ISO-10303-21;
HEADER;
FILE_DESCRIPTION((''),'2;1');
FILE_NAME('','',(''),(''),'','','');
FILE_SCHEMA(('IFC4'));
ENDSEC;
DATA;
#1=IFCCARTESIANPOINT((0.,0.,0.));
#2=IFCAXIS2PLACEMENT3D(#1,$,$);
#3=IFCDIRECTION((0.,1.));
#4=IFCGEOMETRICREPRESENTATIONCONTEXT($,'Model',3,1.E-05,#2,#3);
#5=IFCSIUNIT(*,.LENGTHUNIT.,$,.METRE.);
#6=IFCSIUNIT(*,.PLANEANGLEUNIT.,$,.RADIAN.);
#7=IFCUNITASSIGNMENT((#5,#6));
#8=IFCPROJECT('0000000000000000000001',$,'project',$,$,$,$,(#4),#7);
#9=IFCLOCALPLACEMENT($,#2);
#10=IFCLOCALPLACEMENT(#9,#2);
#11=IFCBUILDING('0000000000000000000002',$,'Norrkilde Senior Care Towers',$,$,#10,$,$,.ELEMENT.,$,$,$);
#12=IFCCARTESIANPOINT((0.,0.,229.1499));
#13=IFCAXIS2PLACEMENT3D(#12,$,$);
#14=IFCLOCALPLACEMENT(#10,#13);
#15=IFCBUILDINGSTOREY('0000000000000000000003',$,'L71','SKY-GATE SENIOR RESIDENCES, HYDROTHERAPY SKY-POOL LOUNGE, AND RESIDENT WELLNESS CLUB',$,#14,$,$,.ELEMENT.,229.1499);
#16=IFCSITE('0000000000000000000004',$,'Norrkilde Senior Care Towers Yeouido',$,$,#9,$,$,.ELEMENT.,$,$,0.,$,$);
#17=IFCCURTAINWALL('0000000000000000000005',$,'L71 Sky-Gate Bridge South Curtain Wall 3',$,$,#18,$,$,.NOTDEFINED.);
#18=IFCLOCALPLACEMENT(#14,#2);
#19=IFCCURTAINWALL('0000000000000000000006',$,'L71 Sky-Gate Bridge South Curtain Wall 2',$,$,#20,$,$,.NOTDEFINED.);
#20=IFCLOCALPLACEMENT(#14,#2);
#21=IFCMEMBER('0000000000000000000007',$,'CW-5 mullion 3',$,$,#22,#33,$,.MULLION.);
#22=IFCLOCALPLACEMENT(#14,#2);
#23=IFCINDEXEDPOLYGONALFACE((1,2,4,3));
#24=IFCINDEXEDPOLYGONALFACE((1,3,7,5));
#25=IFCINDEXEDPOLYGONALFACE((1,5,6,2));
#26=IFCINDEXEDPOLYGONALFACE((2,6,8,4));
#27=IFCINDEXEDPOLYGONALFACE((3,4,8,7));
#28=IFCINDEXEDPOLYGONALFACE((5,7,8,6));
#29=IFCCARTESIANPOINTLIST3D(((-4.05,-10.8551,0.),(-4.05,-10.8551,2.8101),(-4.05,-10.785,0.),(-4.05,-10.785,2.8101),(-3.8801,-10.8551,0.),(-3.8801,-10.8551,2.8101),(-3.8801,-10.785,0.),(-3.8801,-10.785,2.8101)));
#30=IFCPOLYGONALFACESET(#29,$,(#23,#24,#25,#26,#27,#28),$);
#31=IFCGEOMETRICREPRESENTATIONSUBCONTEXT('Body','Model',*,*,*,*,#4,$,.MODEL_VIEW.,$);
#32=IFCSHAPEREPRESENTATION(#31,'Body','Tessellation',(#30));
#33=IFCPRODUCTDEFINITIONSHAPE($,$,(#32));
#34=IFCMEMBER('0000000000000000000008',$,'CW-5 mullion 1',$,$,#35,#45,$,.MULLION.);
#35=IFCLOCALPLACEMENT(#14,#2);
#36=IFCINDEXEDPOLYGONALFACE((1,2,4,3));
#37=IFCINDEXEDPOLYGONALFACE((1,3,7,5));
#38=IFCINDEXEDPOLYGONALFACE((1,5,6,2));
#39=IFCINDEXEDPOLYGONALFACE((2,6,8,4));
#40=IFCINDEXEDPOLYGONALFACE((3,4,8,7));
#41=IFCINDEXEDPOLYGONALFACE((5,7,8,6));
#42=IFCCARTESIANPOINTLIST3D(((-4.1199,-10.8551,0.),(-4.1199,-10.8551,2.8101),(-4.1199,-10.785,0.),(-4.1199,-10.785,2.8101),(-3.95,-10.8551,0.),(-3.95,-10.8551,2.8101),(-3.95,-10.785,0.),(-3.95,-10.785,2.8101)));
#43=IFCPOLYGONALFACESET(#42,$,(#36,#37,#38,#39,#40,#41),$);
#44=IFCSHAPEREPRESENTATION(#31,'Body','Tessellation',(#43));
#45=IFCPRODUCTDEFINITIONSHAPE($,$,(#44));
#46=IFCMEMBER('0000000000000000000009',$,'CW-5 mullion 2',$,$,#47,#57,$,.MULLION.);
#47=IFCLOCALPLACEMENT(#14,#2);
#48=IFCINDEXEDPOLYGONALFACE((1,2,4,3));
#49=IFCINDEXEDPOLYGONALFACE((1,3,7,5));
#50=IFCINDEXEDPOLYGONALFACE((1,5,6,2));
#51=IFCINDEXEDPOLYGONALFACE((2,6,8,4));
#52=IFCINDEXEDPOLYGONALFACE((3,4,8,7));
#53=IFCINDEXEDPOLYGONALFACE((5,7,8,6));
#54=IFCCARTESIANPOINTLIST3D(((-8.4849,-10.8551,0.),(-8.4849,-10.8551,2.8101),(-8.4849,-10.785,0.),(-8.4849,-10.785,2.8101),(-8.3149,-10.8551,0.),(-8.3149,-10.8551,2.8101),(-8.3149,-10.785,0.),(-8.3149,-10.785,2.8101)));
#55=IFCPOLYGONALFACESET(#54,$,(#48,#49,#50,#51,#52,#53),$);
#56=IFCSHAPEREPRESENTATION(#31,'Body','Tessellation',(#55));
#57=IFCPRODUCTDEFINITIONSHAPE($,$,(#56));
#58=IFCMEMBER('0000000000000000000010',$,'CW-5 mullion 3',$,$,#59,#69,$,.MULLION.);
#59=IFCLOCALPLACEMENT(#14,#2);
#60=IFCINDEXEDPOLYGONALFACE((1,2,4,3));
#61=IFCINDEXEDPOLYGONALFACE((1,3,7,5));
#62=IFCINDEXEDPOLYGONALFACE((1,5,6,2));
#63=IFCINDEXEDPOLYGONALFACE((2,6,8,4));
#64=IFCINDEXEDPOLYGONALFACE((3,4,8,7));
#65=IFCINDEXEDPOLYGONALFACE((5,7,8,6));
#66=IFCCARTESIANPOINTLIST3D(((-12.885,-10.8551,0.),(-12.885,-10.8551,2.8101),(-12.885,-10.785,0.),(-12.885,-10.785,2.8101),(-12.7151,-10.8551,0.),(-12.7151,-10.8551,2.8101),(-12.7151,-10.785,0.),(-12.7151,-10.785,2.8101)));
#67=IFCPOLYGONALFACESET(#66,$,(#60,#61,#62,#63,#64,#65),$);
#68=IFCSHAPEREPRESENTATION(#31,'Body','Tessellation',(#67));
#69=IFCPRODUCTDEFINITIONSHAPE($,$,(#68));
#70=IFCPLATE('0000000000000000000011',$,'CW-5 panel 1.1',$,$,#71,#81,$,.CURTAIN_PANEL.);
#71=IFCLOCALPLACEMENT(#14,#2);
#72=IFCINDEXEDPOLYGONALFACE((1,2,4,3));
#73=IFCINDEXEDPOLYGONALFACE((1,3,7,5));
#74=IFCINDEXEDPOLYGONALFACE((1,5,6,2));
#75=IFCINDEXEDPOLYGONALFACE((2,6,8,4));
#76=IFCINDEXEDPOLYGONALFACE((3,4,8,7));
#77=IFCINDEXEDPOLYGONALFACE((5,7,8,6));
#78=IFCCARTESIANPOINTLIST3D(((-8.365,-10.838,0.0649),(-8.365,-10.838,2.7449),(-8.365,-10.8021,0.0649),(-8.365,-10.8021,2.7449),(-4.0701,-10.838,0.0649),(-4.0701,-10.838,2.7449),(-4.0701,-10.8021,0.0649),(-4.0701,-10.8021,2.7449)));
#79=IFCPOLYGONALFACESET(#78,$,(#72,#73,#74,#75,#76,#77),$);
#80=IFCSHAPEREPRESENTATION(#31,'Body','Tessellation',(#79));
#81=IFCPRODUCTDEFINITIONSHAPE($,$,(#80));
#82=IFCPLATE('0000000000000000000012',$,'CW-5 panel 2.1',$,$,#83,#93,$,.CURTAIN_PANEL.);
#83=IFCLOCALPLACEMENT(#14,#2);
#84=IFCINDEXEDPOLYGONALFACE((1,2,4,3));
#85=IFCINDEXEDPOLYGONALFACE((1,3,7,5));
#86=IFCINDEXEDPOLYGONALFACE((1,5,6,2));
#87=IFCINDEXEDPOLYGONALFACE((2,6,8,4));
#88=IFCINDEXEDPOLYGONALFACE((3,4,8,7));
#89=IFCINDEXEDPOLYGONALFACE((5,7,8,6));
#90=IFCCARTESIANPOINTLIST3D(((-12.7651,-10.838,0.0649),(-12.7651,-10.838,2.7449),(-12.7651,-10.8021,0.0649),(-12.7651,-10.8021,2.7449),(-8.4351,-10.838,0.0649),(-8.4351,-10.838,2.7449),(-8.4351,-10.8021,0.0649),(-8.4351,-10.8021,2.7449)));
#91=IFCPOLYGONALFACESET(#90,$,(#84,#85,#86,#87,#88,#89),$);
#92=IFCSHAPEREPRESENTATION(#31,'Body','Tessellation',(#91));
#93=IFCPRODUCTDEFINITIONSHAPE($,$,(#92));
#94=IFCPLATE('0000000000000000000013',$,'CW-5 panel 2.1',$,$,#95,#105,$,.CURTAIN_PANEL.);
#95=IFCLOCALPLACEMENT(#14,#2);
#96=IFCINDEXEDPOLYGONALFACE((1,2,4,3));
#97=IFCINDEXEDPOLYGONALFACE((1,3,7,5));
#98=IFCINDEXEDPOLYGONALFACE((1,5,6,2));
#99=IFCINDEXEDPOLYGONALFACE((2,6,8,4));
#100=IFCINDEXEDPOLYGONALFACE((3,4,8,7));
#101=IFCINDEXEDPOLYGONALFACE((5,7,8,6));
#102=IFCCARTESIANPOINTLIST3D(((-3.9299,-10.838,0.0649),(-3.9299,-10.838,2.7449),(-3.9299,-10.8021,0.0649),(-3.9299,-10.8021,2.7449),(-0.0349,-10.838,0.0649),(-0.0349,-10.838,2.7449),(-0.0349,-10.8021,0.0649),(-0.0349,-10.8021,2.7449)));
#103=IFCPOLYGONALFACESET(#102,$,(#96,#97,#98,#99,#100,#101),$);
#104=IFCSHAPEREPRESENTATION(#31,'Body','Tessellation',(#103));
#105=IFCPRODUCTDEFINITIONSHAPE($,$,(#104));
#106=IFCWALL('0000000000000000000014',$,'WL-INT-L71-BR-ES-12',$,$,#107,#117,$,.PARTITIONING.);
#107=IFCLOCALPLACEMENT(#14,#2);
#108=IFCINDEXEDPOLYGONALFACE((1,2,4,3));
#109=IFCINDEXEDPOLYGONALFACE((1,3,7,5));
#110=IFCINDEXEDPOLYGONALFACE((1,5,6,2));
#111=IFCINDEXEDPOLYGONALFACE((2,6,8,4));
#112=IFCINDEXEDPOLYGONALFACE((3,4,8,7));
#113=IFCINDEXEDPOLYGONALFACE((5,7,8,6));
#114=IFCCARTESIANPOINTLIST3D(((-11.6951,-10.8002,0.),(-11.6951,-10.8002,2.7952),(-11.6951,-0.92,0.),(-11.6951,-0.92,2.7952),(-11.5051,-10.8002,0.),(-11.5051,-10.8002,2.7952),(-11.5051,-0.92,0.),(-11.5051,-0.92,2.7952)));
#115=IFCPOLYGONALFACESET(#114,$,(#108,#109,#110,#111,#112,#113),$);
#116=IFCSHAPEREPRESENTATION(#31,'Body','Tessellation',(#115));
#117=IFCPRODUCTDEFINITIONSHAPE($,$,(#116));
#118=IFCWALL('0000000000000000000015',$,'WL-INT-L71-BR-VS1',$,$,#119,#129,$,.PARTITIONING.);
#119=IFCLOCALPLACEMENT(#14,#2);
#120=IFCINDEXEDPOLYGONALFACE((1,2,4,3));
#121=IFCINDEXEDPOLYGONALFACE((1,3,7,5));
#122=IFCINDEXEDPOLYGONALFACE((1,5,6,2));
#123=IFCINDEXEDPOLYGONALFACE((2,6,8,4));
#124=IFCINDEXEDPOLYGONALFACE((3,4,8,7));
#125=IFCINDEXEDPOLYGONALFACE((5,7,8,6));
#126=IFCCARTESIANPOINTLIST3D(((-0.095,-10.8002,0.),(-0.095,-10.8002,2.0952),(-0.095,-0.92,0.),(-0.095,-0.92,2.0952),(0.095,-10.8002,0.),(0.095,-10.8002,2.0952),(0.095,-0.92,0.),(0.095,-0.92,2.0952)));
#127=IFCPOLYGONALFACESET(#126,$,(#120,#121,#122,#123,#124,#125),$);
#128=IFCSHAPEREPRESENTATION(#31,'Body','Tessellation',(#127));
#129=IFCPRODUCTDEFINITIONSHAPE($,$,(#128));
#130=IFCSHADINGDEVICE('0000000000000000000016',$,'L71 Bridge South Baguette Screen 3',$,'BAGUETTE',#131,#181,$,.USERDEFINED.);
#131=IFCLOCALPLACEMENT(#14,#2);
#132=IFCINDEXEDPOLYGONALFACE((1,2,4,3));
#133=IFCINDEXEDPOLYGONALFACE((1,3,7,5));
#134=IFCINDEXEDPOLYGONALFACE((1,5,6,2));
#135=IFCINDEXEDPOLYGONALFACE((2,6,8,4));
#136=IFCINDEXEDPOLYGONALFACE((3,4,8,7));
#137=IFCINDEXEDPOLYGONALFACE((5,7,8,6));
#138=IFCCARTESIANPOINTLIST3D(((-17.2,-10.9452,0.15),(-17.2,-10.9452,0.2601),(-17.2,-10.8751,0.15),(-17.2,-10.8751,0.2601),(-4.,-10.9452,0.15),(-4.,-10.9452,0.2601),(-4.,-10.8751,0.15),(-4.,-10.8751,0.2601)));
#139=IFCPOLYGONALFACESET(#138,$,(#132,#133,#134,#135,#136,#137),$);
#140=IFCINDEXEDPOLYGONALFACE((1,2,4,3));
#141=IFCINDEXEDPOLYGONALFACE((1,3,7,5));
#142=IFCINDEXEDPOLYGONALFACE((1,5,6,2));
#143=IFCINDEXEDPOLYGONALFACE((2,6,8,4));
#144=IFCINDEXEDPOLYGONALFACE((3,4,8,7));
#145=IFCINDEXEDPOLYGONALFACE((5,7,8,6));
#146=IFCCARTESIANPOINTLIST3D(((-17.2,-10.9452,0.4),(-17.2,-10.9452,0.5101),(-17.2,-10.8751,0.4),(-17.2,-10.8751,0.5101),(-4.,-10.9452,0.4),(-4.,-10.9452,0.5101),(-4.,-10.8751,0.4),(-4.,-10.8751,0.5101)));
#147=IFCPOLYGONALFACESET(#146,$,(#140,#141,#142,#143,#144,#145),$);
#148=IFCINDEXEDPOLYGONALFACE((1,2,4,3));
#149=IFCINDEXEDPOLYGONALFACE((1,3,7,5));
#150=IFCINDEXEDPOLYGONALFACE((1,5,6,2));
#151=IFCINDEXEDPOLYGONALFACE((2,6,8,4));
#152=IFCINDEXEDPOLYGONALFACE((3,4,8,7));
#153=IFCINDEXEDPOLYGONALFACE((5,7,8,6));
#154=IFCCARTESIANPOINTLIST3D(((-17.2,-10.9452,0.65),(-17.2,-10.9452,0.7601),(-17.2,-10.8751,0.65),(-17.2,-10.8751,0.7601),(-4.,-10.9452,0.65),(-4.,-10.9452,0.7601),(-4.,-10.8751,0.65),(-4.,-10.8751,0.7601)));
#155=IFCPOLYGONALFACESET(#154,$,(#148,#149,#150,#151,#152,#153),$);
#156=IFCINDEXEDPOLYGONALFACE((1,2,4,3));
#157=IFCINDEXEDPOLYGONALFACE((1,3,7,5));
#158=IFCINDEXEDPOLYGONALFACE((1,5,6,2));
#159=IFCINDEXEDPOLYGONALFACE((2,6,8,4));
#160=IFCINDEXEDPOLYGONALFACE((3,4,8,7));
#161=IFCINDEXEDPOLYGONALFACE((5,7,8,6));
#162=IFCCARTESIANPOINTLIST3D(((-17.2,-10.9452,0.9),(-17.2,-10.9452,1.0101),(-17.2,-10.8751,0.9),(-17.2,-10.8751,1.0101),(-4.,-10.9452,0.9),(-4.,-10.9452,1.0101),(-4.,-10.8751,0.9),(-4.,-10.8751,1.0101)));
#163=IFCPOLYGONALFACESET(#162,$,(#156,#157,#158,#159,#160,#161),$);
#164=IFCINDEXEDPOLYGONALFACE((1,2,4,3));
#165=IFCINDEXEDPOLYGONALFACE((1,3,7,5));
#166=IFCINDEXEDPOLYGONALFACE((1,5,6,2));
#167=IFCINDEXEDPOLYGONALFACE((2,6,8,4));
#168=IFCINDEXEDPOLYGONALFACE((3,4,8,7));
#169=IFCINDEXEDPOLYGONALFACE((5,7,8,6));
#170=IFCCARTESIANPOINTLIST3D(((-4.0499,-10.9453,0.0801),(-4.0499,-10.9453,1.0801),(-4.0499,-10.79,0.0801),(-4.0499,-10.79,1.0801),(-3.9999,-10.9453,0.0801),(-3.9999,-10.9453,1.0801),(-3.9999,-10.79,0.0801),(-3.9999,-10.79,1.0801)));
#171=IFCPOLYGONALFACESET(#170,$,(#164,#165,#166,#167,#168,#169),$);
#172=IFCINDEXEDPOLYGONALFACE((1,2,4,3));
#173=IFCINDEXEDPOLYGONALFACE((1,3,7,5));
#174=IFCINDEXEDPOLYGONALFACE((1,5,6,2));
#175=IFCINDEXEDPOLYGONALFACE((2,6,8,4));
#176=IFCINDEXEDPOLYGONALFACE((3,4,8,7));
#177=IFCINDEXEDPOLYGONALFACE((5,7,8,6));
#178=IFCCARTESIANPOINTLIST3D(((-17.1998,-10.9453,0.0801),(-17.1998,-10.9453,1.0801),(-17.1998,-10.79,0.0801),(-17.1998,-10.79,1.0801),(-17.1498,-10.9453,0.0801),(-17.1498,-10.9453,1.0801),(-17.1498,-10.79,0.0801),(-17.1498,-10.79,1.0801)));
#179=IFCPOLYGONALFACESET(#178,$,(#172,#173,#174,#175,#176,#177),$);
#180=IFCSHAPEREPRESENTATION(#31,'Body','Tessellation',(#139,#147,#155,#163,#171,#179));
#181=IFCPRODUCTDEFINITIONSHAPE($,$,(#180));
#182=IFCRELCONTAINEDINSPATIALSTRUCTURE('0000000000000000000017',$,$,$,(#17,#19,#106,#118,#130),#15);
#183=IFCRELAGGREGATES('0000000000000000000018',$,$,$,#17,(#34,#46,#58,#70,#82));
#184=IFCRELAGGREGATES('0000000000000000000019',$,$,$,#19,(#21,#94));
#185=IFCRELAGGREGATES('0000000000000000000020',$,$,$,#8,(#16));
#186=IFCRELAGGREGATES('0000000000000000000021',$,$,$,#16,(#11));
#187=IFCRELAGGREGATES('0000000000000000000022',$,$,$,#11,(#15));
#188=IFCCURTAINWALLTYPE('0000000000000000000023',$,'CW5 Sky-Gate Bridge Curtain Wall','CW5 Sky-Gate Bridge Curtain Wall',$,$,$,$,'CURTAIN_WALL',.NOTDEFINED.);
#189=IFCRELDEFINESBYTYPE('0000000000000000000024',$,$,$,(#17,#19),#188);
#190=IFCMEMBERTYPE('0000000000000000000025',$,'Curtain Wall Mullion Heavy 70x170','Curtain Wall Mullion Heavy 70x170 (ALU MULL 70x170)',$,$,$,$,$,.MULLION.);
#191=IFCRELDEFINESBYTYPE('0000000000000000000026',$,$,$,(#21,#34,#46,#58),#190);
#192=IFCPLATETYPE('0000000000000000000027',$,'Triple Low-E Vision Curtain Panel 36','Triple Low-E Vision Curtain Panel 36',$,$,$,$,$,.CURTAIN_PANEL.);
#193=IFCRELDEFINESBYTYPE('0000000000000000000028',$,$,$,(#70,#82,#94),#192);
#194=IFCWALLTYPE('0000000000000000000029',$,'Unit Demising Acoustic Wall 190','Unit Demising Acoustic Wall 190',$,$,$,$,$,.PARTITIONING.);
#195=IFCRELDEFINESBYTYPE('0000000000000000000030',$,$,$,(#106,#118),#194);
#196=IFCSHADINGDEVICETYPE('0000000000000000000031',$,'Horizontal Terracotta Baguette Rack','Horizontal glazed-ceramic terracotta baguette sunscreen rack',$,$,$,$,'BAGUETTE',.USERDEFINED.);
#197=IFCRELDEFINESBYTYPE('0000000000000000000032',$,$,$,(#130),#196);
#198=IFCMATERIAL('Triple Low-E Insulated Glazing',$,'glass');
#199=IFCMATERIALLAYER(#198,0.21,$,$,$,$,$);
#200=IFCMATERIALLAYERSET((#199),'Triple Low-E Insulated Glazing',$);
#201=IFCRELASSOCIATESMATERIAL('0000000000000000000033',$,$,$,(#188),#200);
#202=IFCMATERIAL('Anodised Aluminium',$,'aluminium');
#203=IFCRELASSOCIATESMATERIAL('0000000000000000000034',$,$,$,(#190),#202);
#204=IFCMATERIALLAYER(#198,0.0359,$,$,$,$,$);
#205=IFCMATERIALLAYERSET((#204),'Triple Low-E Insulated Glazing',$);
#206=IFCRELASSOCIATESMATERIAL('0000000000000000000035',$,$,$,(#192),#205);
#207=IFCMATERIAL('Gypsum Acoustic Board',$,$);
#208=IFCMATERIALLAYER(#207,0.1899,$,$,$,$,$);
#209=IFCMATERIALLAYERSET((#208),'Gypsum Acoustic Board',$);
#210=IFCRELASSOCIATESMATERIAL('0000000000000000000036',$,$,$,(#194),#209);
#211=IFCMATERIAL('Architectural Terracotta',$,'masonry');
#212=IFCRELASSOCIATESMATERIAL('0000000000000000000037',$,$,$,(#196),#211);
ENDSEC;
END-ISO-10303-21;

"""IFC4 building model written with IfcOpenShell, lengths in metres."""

from ifc_helpers import new_model, si_unit, direction, frame, frame_2d, origin, origin_2d, place, context, subcontext, project, spatial, rectangle, extrude, source, transform, mapped, material, layer, layer_set, material_profile, profile_set, type_object, type_shapes, element, aggregate, save


model = new_model("IFC4")

# Units and contexts
model_context = context("Model", 3, precision=1e-05, world=origin(), true_north=direction((0.0, 1.0)))
body_context = subcontext(model_context, "Body", "Model", "MODEL_VIEW")
ifc_project = project(units=[si_unit("LENGTHUNIT", "METRE"), si_unit("PLANEANGLEUNIT", "RADIAN")], contexts=[model_context])

# Site, building, storey
site_placement = place(None, origin())
site = spatial("IfcSite", under=ifc_project, at=site_placement, Name="Norrkilde Senior Care Towers Yeouido", CompositionType="ELEMENT", RefElevation=0.0)
building_placement = place(site_placement, origin())
building = spatial("IfcBuilding", under=site, at=building_placement, Name="Norrkilde Senior Care Towers", CompositionType="ELEMENT")
storey_placement = place(building_placement, frame((0.0, 0.0, 229.1499)))
storey = spatial("IfcBuildingStorey", under=building, at=storey_placement, Name="L71", Description="SKY-GATE SENIOR RESIDENCES, HYDROTHERAPY SKY-POOL LOUNGE, AND RESIDENT WELLNESS CLUB", CompositionType="ELEMENT", Elevation=229.1499)

# Curtain walls, member
ifc_material_1 = material(Name="Triple Low-E Insulated Glazing", Category="glass")
ifc_layer_1 = layer(ifc_material_1, 0.21)
ifc_layer_set_1 = layer_set([ifc_layer_1], Name="Triple Low-E Insulated Glazing")
curtain_wall_type = type_object("IfcCurtainWallType", Name="CW5 Sky-Gate Bridge Curtain Wall", Description="CW5 Sky-Gate Bridge Curtain Wall", ElementType="CURTAIN_WALL", PredefinedType="NOTDEFINED", material=ifc_layer_set_1)
curtain_wall_1_placement = place(storey_placement, origin())
curtain_wall_1 = element("IfcCurtainWall", 1, at=curtain_wall_1_placement, inside=storey, type_object=curtain_wall_type, Name="L71 Sky-Gate Bridge South Curtain Wall 3", PredefinedType="NOTDEFINED")
ifc_material_2 = material(Name="Anodised Aluminium", Category="aluminium")
curtain_wall_2_placement = place(storey_placement, origin())
curtain_wall_2 = element("IfcCurtainWall", 2, at=curtain_wall_2_placement, inside=storey, type_object=curtain_wall_type, Name="L71 Sky-Gate Bridge South Curtain Wall 2", PredefinedType="NOTDEFINED")
ifc_material_profile_1 = material_profile(ifc_material_2, rectangle(XDim=0.0701, YDim=0.1699, at=origin_2d()), Name="ALU MULL 70x170")
ifc_profile_set_1 = profile_set([ifc_material_profile_1], Name="Anodised Aluminium")
member_type_1 = type_object("IfcMemberType", Name="Curtain Wall Mullion Heavy 70x170", Description="Curtain Wall Mullion Heavy 70x170 (ALU MULL 70x170)", PredefinedType="MULLION", material=ifc_profile_set_1)
shared_shape_1 = source(origin(), body_context, "Body", "SweptSolid", [
    extrude(rectangle(XDim=0.0701, YDim=0.1699, at=origin_2d()), origin(), (0.0, 0.0, 1.0), 2.8101),
])
type_shapes(member_type_1, [shared_shape_1])
member_1_placement = place(storey_placement, frame((-3.9651, -10.8201, 0.0), z_axis=(0.0, 0.0, 1.0), x_axis=(0.0, -1.0, 0.0)))
member_1 = element("IfcMember", 3, at=member_1_placement, type_object=member_type_1, Name="CW-5 mullion 3", PredefinedType="MULLION", context=body_context, shape_type="MappedRepresentation", body=[
    mapped(shared_shape_1, transform((0.0, 0.0, 0.0), x_axis=(1.0, 0.0, 0.0), y_axis=(0.0, 1.0, 0.0), z_axis=(0.0, 0.0, 1.0), scale=1.0)),
])

# Members
member_2_placement = place(storey_placement, frame((-4.0349, -10.8201, 0.0), z_axis=(0.0, 0.0, 1.0), x_axis=(0.0, -1.0, 0.0)))
member_2 = element("IfcMember", 4, at=member_2_placement, type_object=member_type_1, Name="CW-5 mullion 1", PredefinedType="MULLION", context=body_context, shape_type="MappedRepresentation", body=[
    mapped(shared_shape_1, transform((0.0, 0.0, 0.0), x_axis=(1.0, 0.0, 0.0), y_axis=(0.0, 1.0, 0.0), z_axis=(0.0, 0.0, 1.0), scale=1.0)),
])
member_3_placement = place(storey_placement, frame((-8.3999, -10.8201, 0.0), z_axis=(0.0, 0.0, 1.0), x_axis=(0.0, -1.0, 0.0)))
member_3 = element("IfcMember", 5, at=member_3_placement, type_object=member_type_1, Name="CW-5 mullion 2", PredefinedType="MULLION", context=body_context, shape_type="MappedRepresentation", body=[
    mapped(shared_shape_1, transform((0.0, 0.0, 0.0), x_axis=(1.0, 0.0, 0.0), y_axis=(0.0, 1.0, 0.0), z_axis=(0.0, 0.0, 1.0), scale=1.0)),
])
member_4_placement = place(storey_placement, frame((-12.8, -10.8201, 0.0), z_axis=(0.0, 0.0, 1.0), x_axis=(0.0, -1.0, 0.0)))
member_4 = element("IfcMember", 6, at=member_4_placement, type_object=member_type_1, Name="CW-5 mullion 3", PredefinedType="MULLION", context=body_context, shape_type="MappedRepresentation", body=[
    mapped(shared_shape_1, transform((0.0, 0.0, 0.0), x_axis=(1.0, 0.0, 0.0), y_axis=(0.0, 1.0, 0.0), z_axis=(0.0, 0.0, 1.0), scale=1.0)),
])

# Plates
ifc_layer_2 = layer(ifc_material_1, 0.0359)
ifc_layer_set_2 = layer_set([ifc_layer_2], Name="Triple Low-E Insulated Glazing")
plate_type = type_object("IfcPlateType", Name="Triple Low-E Vision Curtain Panel 36", Description="Triple Low-E Vision Curtain Panel 36", PredefinedType="CURTAIN_PANEL", material=ifc_layer_set_2)
shared_shape_2 = source(origin(), body_context, "Body", "SweptSolid", [
    extrude(rectangle(XDim=4.2949, YDim=0.0359, at=origin_2d()), origin(), (0.0, 0.0, 1.0), 2.6799),
])
plate_1_placement = place(storey_placement, frame((-6.2175, -10.8201, 0.0649), z_axis=(0.0, 0.0, 1.0), x_axis=(-1.0, 0.0, 0.0)))
plate_1 = element("IfcPlate", 7, at=plate_1_placement, type_object=plate_type, Name="CW-5 panel 1.1", PredefinedType="CURTAIN_PANEL", context=body_context, shape_type="MappedRepresentation", body=[
    mapped(shared_shape_2, transform((0.0, 0.0, 0.0), x_axis=(1.0, 0.0, 0.0), y_axis=(0.0, 1.0, 0.0), z_axis=(0.0, 0.0, 1.0), scale=1.0)),
])
shared_shape_3 = source(origin(), body_context, "Body", "SweptSolid", [
    extrude(rectangle(XDim=4.3301, YDim=0.0359, at=origin_2d()), origin(), (0.0, 0.0, 1.0), 2.6799),
])
plate_2_placement = place(storey_placement, frame((-10.6001, -10.8201, 0.0649), z_axis=(0.0, 0.0, 1.0), x_axis=(-1.0, 0.0, 0.0)))
plate_2 = element("IfcPlate", 8, at=plate_2_placement, type_object=plate_type, Name="CW-5 panel 2.1", PredefinedType="CURTAIN_PANEL", context=body_context, shape_type="MappedRepresentation", body=[
    mapped(shared_shape_3, transform((0.0, 0.0, 0.0), x_axis=(1.0, 0.0, 0.0), y_axis=(0.0, 1.0, 0.0), z_axis=(0.0, 0.0, 1.0), scale=1.0)),
])
aggregate(curtain_wall_1, [member_2, member_3, member_4, plate_1, plate_2])
shared_shape_4 = source(origin(), body_context, "Body", "SweptSolid", [
    extrude(rectangle(XDim=3.895, YDim=0.0359, at=origin_2d()), origin(), (0.0, 0.0, 1.0), 2.6799),
])
type_shapes(plate_type, [shared_shape_2, shared_shape_3, shared_shape_4])
plate_3_placement = place(storey_placement, frame((-1.9824, -10.8201, 0.0649), z_axis=(0.0, 0.0, 1.0), x_axis=(-1.0, 0.0, 0.0)))
plate_3 = element("IfcPlate", 9, at=plate_3_placement, type_object=plate_type, Name="CW-5 panel 2.1", PredefinedType="CURTAIN_PANEL", context=body_context, shape_type="MappedRepresentation", body=[
    mapped(shared_shape_4, transform((0.0, 0.0, 0.0), x_axis=(1.0, 0.0, 0.0), y_axis=(0.0, 1.0, 0.0), z_axis=(0.0, 0.0, 1.0), scale=1.0)),
])
aggregate(curtain_wall_2, [member_1, plate_3])

# Walls
ifc_material_3 = material(Name="Gypsum Acoustic Board")
ifc_layer_3 = layer(ifc_material_3, 0.1899)
ifc_layer_set_3 = layer_set([ifc_layer_3], Name="Gypsum Acoustic Board")
wall_type = type_object("IfcWallType", Name="Unit Demising Acoustic Wall 190", Description="Unit Demising Acoustic Wall 190", PredefinedType="PARTITIONING", material=ifc_layer_set_3)
shared_shape_5 = source(origin(), body_context, "Body", "SweptSolid", [
    extrude(rectangle(XDim=9.8801, YDim=0.1899, at=frame_2d((4.9399, 0.0))), origin(), (0.0, 0.0, 1.0), 2.7952),
])
wall_1_placement = place(storey_placement, frame((-11.6001, -10.8, 0.0), z_axis=(0.0, 0.0, 1.0), x_axis=(0.0, 1.0, 0.0)))
element("IfcWall", 10, at=wall_1_placement, inside=storey, type_object=wall_type, Name="WL-INT-L71-BR-ES-12", PredefinedType="PARTITIONING", context=body_context, shape_type="MappedRepresentation", body=[
    mapped(shared_shape_5, transform((0.0, 0.0, 0.0), x_axis=(1.0, 0.0, 0.0), y_axis=(0.0, 1.0, 0.0), z_axis=(0.0, 0.0, 1.0), scale=1.0)),
])
shared_shape_6 = source(origin(), body_context, "Body", "SweptSolid", [
    extrude(rectangle(XDim=9.8801, YDim=0.1899, at=frame_2d((4.9399, 0.0))), origin(), (0.0, 0.0, 1.0), 2.0952),
])
type_shapes(wall_type, [shared_shape_5, shared_shape_6])
wall_2_placement = place(storey_placement, frame((0.0, -10.8, 0.0), z_axis=(0.0, 0.0, 1.0), x_axis=(0.0, 1.0, 0.0)))
element("IfcWall", 11, at=wall_2_placement, inside=storey, type_object=wall_type, Name="WL-INT-L71-BR-VS1", PredefinedType="PARTITIONING", context=body_context, shape_type="MappedRepresentation", body=[
    mapped(shared_shape_6, transform((0.0, 0.0, 0.0), x_axis=(1.0, 0.0, 0.0), y_axis=(0.0, 1.0, 0.0), z_axis=(0.0, 0.0, 1.0), scale=1.0)),
])

# Shading device
ifc_material_4 = material(Name="Architectural Terracotta", Category="masonry")
shading_device_type = type_object("IfcShadingDeviceType", Name="Horizontal Terracotta Baguette Rack", Description="Horizontal glazed-ceramic terracotta baguette sunscreen rack", ElementType="BAGUETTE", PredefinedType="USERDEFINED", material=ifc_material_4)
shared_shape_7 = source(origin(), body_context, "Body", "SweptSolid", [
    extrude(rectangle(XDim=0.0701, YDim=0.1101, at=origin_2d()), frame((0.0, 0.0901, 0.125), z_axis=(1.0, 0.0, 0.0), x_axis=(0.0, 1.0, 0.0)), (0.0, 0.0, 1.0), 13.2),
    extrude(rectangle(XDim=0.0701, YDim=0.1101, at=origin_2d()), frame((0.0, 0.0901, 0.375), z_axis=(1.0, 0.0, 0.0), x_axis=(0.0, 1.0, 0.0)), (0.0, 0.0, 1.0), 13.2),
    extrude(rectangle(XDim=0.0701, YDim=0.1101, at=origin_2d()), frame((0.0, 0.0901, 0.625), z_axis=(1.0, 0.0, 0.0), x_axis=(0.0, 1.0, 0.0)), (0.0, 0.0, 1.0), 13.2),
    extrude(rectangle(XDim=0.0701, YDim=0.1101, at=origin_2d()), frame((0.0, 0.0901, 0.875), z_axis=(1.0, 0.0, 0.0), x_axis=(0.0, 1.0, 0.0)), (0.0, 0.0, 1.0), 13.2),
    extrude(rectangle(XDim=0.05, YDim=0.1553, at=origin_2d()), frame((0.0249, 0.0476, 0.0)), (0.0, 0.0, 1.0), 1.0),
    extrude(rectangle(XDim=0.05, YDim=0.1553, at=origin_2d()), frame((13.1748, 0.0476, 0.0)), (0.0, 0.0, 1.0), 1.0),
])
type_shapes(shading_device_type, [shared_shape_7])
shading_device_placement = place(storey_placement, frame((-4.0, -10.8201, 0.0801), z_axis=(0.0, 0.0, 1.0), x_axis=(-1.0, 0.0, 0.0)))
element("IfcShadingDevice", 12, at=shading_device_placement, inside=storey, type_object=shading_device_type, Name="L71 Bridge South Baguette Screen 3", ObjectType="BAGUETTE", PredefinedType="USERDEFINED", context=body_context, shape_type="MappedRepresentation", body=[
    mapped(shared_shape_7, transform((0.0, 0.0, 0.0), x_axis=(1.0, 0.0, 0.0), y_axis=(0.0, 1.0, 0.0), z_axis=(0.0, 0.0, 1.0), scale=1.0)),
])

save(model, "model.ifc")
